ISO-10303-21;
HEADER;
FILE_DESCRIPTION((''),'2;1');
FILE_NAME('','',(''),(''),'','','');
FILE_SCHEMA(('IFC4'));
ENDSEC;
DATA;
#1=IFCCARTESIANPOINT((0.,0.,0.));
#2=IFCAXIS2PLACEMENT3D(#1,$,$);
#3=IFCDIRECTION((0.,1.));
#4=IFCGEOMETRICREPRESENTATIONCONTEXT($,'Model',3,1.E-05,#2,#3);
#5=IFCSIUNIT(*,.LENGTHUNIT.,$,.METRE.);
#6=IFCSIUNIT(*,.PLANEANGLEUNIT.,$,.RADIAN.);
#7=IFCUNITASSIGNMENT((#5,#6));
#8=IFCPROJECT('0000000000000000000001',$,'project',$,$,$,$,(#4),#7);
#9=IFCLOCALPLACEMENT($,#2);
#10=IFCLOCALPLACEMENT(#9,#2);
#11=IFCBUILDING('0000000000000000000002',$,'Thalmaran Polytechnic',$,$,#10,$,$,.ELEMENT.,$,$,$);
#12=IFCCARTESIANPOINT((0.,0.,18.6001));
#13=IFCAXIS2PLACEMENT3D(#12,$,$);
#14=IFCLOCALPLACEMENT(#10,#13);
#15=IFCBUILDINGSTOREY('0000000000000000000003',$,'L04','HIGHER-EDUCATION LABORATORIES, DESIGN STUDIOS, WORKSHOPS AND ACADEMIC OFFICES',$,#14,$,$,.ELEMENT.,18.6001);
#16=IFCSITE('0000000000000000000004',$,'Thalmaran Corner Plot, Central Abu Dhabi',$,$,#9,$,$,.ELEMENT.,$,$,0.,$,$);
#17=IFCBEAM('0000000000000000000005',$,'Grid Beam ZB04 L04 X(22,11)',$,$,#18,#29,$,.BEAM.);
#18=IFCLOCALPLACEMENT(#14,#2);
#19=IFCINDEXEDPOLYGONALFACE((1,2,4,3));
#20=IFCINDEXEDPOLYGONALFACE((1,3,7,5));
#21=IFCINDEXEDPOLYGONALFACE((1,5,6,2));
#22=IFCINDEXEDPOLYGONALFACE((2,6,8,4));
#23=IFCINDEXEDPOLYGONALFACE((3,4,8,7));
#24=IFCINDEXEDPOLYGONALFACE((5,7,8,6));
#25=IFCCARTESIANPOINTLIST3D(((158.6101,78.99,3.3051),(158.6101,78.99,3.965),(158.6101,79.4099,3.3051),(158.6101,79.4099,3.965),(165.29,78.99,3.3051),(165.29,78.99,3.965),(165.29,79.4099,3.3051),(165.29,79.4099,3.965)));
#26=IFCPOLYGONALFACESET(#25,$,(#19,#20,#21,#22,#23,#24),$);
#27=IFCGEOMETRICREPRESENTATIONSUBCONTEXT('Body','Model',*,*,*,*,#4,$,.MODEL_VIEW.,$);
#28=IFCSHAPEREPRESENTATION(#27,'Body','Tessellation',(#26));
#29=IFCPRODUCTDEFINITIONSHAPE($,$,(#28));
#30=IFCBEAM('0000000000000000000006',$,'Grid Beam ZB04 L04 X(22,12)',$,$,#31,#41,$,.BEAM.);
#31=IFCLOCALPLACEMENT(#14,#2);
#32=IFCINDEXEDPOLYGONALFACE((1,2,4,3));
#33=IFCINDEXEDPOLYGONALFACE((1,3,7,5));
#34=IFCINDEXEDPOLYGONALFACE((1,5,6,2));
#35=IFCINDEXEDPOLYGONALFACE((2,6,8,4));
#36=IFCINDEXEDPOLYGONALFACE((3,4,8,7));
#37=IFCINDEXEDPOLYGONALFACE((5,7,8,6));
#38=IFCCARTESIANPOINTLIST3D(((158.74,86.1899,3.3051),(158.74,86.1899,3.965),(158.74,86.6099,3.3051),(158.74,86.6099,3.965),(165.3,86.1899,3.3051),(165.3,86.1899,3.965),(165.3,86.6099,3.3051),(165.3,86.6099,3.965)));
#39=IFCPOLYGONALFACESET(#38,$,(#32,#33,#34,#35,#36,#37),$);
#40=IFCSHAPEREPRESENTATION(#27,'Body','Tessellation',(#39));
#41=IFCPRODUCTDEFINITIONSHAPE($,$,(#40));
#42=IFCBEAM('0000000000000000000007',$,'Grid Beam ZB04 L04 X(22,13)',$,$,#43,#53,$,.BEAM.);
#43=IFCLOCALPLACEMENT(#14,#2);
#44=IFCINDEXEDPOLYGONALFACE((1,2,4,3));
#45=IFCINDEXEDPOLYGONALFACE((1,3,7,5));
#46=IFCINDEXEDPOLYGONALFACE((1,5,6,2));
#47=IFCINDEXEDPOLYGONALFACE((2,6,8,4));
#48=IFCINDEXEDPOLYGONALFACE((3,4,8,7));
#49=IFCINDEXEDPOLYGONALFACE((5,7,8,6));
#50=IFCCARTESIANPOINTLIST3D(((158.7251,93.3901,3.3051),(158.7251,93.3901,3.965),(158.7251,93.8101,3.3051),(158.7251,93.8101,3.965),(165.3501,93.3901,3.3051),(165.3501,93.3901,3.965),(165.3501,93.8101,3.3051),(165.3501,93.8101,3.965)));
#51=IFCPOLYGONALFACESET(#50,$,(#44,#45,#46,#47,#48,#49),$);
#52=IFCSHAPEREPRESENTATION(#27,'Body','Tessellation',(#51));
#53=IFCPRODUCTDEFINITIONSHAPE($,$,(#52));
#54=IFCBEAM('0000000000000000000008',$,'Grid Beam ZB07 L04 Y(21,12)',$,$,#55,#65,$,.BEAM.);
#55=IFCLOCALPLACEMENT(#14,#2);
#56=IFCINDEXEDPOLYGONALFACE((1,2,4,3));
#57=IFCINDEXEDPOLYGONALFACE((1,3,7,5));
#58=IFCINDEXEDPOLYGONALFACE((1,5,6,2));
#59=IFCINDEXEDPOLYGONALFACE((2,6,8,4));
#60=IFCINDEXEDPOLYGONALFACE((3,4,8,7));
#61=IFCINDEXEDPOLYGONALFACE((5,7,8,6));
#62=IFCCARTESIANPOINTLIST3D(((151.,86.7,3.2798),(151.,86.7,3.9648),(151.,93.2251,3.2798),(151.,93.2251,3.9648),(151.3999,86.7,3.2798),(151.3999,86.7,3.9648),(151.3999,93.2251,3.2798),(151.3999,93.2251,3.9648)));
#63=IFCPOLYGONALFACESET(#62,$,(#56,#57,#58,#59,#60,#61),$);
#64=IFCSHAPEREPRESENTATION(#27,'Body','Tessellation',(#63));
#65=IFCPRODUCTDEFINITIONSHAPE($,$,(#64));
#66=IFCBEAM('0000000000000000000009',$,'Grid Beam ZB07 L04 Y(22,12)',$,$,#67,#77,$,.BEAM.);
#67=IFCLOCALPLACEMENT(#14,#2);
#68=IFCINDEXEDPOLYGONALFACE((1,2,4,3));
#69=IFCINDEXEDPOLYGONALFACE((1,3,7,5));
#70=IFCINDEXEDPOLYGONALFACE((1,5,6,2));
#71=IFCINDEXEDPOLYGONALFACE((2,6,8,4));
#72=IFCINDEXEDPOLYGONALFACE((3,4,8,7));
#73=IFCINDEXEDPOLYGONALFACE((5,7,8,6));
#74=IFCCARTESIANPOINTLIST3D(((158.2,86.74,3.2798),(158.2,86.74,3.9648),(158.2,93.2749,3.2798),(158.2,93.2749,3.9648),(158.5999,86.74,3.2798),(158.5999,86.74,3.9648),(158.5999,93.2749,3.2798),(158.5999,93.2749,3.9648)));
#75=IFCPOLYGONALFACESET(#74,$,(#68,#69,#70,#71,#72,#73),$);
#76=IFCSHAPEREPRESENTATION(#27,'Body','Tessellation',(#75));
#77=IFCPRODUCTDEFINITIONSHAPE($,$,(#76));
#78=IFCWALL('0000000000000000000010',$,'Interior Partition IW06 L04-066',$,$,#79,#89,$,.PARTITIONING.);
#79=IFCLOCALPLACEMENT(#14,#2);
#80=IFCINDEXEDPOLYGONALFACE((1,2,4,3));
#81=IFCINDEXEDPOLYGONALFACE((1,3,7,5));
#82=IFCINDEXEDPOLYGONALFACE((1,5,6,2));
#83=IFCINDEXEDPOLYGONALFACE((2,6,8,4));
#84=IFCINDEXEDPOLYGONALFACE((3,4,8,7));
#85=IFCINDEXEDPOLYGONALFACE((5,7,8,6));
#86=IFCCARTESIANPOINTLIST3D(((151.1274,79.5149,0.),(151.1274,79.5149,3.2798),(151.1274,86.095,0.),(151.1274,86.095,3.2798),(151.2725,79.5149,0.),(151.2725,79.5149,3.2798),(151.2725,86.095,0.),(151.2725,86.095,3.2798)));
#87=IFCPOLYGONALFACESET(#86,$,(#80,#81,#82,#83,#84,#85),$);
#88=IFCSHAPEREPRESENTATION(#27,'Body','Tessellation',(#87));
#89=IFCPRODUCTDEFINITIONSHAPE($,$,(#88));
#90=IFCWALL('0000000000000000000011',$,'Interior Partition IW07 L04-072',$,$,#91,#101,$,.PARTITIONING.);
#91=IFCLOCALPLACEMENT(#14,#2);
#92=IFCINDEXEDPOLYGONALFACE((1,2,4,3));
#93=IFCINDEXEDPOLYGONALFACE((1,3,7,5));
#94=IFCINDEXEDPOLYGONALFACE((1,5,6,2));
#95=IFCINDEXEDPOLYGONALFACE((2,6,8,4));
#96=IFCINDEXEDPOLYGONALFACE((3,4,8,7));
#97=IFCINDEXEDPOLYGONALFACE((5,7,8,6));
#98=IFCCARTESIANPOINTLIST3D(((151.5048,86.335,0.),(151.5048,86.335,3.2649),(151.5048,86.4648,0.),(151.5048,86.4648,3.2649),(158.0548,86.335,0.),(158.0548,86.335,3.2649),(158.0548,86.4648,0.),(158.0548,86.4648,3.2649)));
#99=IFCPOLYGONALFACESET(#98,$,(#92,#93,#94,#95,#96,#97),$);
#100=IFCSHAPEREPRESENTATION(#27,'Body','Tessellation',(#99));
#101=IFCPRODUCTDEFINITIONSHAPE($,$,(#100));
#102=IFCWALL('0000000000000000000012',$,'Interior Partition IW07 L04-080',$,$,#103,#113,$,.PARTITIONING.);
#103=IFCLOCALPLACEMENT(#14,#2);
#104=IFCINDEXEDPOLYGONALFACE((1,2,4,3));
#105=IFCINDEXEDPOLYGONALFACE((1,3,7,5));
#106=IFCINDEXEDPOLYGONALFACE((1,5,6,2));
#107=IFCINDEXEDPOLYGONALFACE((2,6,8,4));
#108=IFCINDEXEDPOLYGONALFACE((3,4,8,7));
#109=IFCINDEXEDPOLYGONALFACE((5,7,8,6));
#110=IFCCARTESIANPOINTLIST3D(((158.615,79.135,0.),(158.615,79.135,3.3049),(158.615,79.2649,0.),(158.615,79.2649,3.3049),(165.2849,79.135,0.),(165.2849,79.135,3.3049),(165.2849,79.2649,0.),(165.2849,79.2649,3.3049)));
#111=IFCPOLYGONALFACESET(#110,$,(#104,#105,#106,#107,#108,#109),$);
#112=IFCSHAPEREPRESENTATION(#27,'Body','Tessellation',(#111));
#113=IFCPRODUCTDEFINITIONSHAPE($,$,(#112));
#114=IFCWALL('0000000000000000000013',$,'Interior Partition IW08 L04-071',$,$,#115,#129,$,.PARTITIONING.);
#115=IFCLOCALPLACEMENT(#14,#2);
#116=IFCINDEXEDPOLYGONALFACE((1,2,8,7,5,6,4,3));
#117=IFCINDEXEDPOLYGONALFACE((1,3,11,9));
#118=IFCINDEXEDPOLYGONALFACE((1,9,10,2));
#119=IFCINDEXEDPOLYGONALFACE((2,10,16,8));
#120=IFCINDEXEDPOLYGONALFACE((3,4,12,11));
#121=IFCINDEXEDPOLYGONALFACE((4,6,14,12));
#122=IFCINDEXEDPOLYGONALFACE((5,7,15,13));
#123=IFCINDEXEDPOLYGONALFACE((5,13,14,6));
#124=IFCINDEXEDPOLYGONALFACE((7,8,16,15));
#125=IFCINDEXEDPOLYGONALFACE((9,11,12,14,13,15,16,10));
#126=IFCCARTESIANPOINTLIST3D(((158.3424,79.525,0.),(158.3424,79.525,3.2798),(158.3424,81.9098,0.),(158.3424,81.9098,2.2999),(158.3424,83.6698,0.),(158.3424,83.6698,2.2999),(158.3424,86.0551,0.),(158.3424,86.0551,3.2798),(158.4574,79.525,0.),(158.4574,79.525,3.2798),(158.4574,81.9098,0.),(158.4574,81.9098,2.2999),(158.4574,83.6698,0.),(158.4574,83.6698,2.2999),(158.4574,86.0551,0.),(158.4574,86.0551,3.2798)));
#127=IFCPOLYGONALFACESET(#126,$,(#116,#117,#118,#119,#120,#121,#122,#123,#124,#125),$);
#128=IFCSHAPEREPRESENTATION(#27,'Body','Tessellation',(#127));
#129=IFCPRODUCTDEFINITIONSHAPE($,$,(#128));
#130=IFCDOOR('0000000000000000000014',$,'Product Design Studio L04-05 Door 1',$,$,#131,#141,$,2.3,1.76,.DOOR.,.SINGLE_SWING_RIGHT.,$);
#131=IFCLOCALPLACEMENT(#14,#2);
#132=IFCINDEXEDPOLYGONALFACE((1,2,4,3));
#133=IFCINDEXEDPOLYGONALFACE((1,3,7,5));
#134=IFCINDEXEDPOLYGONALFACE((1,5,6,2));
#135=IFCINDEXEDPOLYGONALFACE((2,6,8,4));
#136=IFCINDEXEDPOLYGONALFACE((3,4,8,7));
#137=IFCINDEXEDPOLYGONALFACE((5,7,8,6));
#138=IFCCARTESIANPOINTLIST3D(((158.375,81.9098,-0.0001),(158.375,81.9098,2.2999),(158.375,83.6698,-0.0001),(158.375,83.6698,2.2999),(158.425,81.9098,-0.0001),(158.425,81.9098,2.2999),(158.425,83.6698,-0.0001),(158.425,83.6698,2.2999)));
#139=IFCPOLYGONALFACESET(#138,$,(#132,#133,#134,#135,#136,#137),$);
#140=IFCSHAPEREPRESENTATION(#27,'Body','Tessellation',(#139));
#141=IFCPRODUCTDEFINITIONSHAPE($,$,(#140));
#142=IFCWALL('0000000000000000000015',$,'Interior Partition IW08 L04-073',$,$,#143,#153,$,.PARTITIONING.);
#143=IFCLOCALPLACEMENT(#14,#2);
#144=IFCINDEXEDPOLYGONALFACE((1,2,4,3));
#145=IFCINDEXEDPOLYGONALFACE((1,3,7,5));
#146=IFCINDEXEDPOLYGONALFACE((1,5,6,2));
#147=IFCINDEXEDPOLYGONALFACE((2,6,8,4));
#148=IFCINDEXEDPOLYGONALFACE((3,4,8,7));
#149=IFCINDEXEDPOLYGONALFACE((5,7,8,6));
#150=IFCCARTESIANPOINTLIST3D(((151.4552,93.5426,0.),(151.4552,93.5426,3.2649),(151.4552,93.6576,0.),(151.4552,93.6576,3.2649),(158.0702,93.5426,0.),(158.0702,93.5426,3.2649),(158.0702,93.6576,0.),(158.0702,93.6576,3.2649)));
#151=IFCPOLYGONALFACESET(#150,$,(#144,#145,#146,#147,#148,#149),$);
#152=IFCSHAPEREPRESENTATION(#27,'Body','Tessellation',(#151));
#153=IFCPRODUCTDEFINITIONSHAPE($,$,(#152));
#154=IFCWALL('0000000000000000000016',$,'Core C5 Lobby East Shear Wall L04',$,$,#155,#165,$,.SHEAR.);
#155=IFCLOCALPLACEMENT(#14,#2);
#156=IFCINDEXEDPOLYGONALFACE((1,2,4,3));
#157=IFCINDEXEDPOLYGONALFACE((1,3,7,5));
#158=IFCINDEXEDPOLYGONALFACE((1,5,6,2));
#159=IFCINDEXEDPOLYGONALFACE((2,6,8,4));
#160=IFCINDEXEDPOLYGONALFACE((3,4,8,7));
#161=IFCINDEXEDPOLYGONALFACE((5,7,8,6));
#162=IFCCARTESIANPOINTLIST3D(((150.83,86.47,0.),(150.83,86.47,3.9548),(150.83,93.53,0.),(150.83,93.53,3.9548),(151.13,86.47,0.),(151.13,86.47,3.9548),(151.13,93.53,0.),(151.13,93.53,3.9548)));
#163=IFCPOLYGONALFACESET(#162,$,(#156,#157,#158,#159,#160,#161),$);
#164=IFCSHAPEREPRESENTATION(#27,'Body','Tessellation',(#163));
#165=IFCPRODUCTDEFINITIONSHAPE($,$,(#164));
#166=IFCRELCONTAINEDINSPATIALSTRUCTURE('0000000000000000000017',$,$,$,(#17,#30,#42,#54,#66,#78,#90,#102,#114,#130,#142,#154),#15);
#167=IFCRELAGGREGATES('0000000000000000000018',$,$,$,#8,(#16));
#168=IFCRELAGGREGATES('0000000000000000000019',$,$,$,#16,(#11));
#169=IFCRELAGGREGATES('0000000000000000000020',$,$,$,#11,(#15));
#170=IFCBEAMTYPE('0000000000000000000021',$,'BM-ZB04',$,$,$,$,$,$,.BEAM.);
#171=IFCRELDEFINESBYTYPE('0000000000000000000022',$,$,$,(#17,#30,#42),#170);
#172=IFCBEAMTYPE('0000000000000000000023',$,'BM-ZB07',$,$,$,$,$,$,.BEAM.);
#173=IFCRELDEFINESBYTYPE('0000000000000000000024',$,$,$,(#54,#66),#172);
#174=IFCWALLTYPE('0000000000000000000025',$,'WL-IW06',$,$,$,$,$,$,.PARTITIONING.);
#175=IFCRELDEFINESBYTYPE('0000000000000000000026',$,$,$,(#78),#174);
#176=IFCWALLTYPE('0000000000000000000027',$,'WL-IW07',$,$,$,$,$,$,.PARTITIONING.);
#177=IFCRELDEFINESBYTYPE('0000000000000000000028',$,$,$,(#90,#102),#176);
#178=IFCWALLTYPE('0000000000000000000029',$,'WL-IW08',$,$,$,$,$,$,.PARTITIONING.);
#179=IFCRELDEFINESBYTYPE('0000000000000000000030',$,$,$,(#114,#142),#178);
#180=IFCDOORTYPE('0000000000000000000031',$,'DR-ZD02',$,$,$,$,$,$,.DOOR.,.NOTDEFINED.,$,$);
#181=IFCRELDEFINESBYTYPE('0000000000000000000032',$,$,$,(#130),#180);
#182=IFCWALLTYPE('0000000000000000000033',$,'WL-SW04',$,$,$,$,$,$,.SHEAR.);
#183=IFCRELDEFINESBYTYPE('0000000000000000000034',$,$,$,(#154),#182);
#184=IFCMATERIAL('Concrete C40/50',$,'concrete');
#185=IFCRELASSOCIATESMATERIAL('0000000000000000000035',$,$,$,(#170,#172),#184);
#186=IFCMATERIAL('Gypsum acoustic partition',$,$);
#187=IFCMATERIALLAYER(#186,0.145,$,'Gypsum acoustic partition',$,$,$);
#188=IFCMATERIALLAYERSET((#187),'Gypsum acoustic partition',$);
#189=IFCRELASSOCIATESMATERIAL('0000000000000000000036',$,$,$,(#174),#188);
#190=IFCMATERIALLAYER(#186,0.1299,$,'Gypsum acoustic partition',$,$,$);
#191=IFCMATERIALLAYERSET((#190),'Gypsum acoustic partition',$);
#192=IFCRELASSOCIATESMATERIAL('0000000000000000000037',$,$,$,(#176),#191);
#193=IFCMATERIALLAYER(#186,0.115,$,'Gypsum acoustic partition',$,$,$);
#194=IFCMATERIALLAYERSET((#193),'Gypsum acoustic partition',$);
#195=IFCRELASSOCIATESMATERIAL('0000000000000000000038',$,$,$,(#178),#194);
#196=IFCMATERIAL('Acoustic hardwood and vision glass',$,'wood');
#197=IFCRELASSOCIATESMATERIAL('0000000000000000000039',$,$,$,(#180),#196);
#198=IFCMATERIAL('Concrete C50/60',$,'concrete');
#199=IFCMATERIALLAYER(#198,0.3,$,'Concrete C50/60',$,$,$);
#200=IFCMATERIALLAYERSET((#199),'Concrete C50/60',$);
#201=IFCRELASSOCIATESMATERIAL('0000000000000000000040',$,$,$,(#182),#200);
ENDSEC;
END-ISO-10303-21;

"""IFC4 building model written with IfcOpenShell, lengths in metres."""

from ifc_helpers import new_model, si_unit, direction, frame, frame_2d, origin, origin_2d, place, context, subcontext, project, spatial, rectangle, extrude, material, layer, layer_set, material_profile, profile_set, type_object, element, fill, save


model = new_model("IFC4")

# Units and contexts
model_context = context("Model", 3, precision=1e-05, world=origin(), true_north=direction((0.0, 1.0)))
body_context = subcontext(model_context, "Body", "Model", "MODEL_VIEW")
ifc_project = project(units=[si_unit("LENGTHUNIT", "METRE"), si_unit("PLANEANGLEUNIT", "RADIAN")], contexts=[model_context])

# Site, building, storey
site_placement = place(None, origin())
site = spatial("IfcSite", under=ifc_project, at=site_placement, Name="Thalmaran Corner Plot, Central Abu Dhabi", CompositionType="ELEMENT", RefElevation=0.0)
building_placement = place(site_placement, origin())
building = spatial("IfcBuilding", under=site, at=building_placement, Name="Thalmaran Polytechnic", CompositionType="ELEMENT")
storey_placement = place(building_placement, frame((0.0, 0.0, 18.6001)))
storey = spatial("IfcBuildingStorey", under=building, at=storey_placement, Name="L04", Description="HIGHER-EDUCATION LABORATORIES, DESIGN STUDIOS, WORKSHOPS AND ACADEMIC OFFICES", CompositionType="ELEMENT", Elevation=18.6001)

# Shared definitions
ifc_material_1 = material(Name="Concrete C40/50", Category="concrete")

# Beams
ifc_material_profile_1 = material_profile(ifc_material_1, rectangle(XDim=0.4199, YDim=0.6599, at=origin_2d()), Name="RC 420x660")
ifc_profile_set_1 = profile_set([ifc_material_profile_1], Name="Concrete C40/50")
beam_type_1 = type_object("IfcBeamType", Name="BM-ZB04", PredefinedType="BEAM", material=ifc_profile_set_1)
beam_1_placement = place(storey_placement, frame((158.6101, 79.2, 3.635), z_axis=(1.0, 0.0, 0.0), x_axis=(0.0, 1.0, 0.0)))
element("IfcBeam", 1, at=beam_1_placement, inside=storey, type_object=beam_type_1, Name="Grid Beam ZB04 L04 X(22,11)", PredefinedType="BEAM", context=body_context, shape_type="SweptSolid", body=[
    extrude(rectangle(XDim=0.4199, YDim=0.6599, at=origin_2d()), origin(), (0.0, 0.0, 1.0), 6.6799),
])
beam_2_placement = place(storey_placement, frame((158.74, 86.3999, 3.635), z_axis=(1.0, 0.0, 0.0), x_axis=(0.0, 1.0, 0.0)))
element("IfcBeam", 2, at=beam_2_placement, inside=storey, type_object=beam_type_1, Name="Grid Beam ZB04 L04 X(22,12)", PredefinedType="BEAM", context=body_context, shape_type="SweptSolid", body=[
    extrude(rectangle(XDim=0.4199, YDim=0.6599, at=origin_2d()), origin(), (0.0, 0.0, 1.0), 6.5601),
])
beam_3_placement = place(storey_placement, frame((158.7251, 93.6001, 3.635), z_axis=(1.0, 0.0, 0.0), x_axis=(0.0, 1.0, 0.0)))
element("IfcBeam", 3, at=beam_3_placement, inside=storey, type_object=beam_type_1, Name="Grid Beam ZB04 L04 X(22,13)", PredefinedType="BEAM", context=body_context, shape_type="SweptSolid", body=[
    extrude(rectangle(XDim=0.4199, YDim=0.6599, at=origin_2d()), origin(), (0.0, 0.0, 1.0), 6.625),
])
ifc_material_profile_2 = material_profile(ifc_material_1, rectangle(XDim=0.3999, YDim=0.6851, at=origin_2d()), Name="RC 400x685")
ifc_profile_set_2 = profile_set([ifc_material_profile_2], Name="Concrete C40/50")
beam_type_2 = type_object("IfcBeamType", Name="BM-ZB07", PredefinedType="BEAM", material=ifc_profile_set_2)
beam_4_placement = place(storey_placement, frame((151.2, 86.7, 3.6223), z_axis=(0.0, 1.0, 0.0), x_axis=(-1.0, 0.0, 0.0)))
element("IfcBeam", 4, at=beam_4_placement, inside=storey, type_object=beam_type_2, Name="Grid Beam ZB07 L04 Y(21,12)", PredefinedType="BEAM", context=body_context, shape_type="SweptSolid", body=[
    extrude(rectangle(XDim=0.3999, YDim=0.6851, at=origin_2d()), origin(), (0.0, 0.0, 1.0), 6.5251),
])
beam_5_placement = place(storey_placement, frame((158.3999, 86.74, 3.6223), z_axis=(0.0, 1.0, 0.0), x_axis=(-1.0, 0.0, 0.0)))
element("IfcBeam", 5, at=beam_5_placement, inside=storey, type_object=beam_type_2, Name="Grid Beam ZB07 L04 Y(22,12)", PredefinedType="BEAM", context=body_context, shape_type="SweptSolid", body=[
    extrude(rectangle(XDim=0.3999, YDim=0.6851, at=origin_2d()), origin(), (0.0, 0.0, 1.0), 6.5349),
])

# Walls
ifc_material_2 = material(Name="Gypsum acoustic partition")
ifc_layer_1 = layer(ifc_material_2, 0.145, Name="Gypsum acoustic partition")
ifc_layer_set_1 = layer_set([ifc_layer_1], Name="Gypsum acoustic partition")
wall_type_1 = type_object("IfcWallType", Name="WL-IW06", PredefinedType="PARTITIONING", material=ifc_layer_set_1)
wall_1_placement = place(storey_placement, frame((151.2, 79.5149, 0.0), z_axis=(0.0, 0.0, 1.0), x_axis=(0.0, 1.0, 0.0)))
element("IfcWall", 6, at=wall_1_placement, inside=storey, type_object=wall_type_1, Name="Interior Partition IW06 L04-066", PredefinedType="PARTITIONING", context=body_context, shape_type="SweptSolid", body=[
    extrude(rectangle(XDim=6.5801, YDim=0.145, at=frame_2d((3.29, 0.0))), origin(), (0.0, 0.0, 1.0), 3.2798),
])
ifc_layer_2 = layer(ifc_material_2, 0.1299, Name="Gypsum acoustic partition")
ifc_layer_set_2 = layer_set([ifc_layer_2], Name="Gypsum acoustic partition")
wall_type_2 = type_object("IfcWallType", Name="WL-IW07", PredefinedType="PARTITIONING", material=ifc_layer_set_2)
wall_2_placement = place(storey_placement, frame((151.5049, 86.3999, 0.0), z_axis=(0.0, 0.0, 1.0), x_axis=(1.0, 0.0, 0.0)))
element("IfcWall", 7, at=wall_2_placement, inside=storey, type_object=wall_type_2, Name="Interior Partition IW07 L04-072", PredefinedType="PARTITIONING", context=body_context, shape_type="SweptSolid", body=[
    extrude(rectangle(XDim=6.55, YDim=0.1299, at=frame_2d((3.2749, 0.0))), origin(), (0.0, 0.0, 1.0), 3.2649),
])
wall_3_placement = place(storey_placement, frame((158.615, 79.2, 0.0), z_axis=(0.0, 0.0, 1.0), x_axis=(1.0, 0.0, 0.0)))
element("IfcWall", 8, at=wall_3_placement, inside=storey, type_object=wall_type_2, Name="Interior Partition IW07 L04-080", PredefinedType="PARTITIONING", context=body_context, shape_type="SweptSolid", body=[
    extrude(rectangle(XDim=6.6699, YDim=0.1299, at=frame_2d((3.335, 0.0))), origin(), (0.0, 0.0, 1.0), 3.3049),
])

# Wall, opening, door
ifc_layer_3 = layer(ifc_material_2, 0.115, Name="Gypsum acoustic partition")
ifc_layer_set_3 = layer_set([ifc_layer_3], Name="Gypsum acoustic partition")
wall_type_3 = type_object("IfcWallType", Name="WL-IW08", PredefinedType="PARTITIONING", material=ifc_layer_set_3)
wall_4_placement = place(storey_placement, frame((158.3999, 79.5249, 0.0), z_axis=(0.0, 0.0, 1.0), x_axis=(0.0, 1.0, 0.0)))
wall_4 = element("IfcWall", 9, at=wall_4_placement, inside=storey, type_object=wall_type_3, Name="Interior Partition IW08 L04-071", PredefinedType="PARTITIONING", context=body_context, shape_type="SweptSolid", body=[
    extrude(rectangle(XDim=6.53, YDim=0.115, at=frame_2d((3.2651, 0.0))), origin(), (0.0, 0.0, 1.0), 3.2798),
])
opening_placement = place(wall_4_placement, frame((2.385, 0.0, 0.0)))
opening = element("IfcOpeningElement", 10, at=opening_placement, cuts=wall_4, PredefinedType="OPENING", context=body_context, shape_type="SweptSolid", body=[
    extrude(rectangle(XDim=1.76, YDim=2.3, at=frame_2d((0.8799, 1.1499))), frame((0.0, 0.0674, 0.0), z_axis=(0.0, -1.0, 0.0), x_axis=(1.0, 0.0, 0.0)), (0.0, 0.0, 1.0), 0.135),
])
ifc_material_3 = material(Name="Acoustic hardwood and vision glass", Category="wood")
door_type = type_object("IfcDoorType", Name="DR-ZD02", OperationType="NOTDEFINED", PredefinedType="DOOR", material=ifc_material_3)
door_placement = place(opening_placement, origin())
door = element("IfcDoor", 11, at=door_placement, inside=storey, type_object=door_type, Name="Product Design Studio L04-05 Door 1", OperationType="SINGLE_SWING_RIGHT", OverallHeight=2.3, OverallWidth=1.76, PredefinedType="DOOR", context=body_context, shape_type="SweptSolid", body=[
    extrude(rectangle(XDim=1.76, YDim=2.3, at=frame_2d((0.8799, 1.1499))), frame((0.0, 0.0249, 0.0), z_axis=(0.0, -1.0, 0.0), x_axis=(1.0, 0.0, 0.0)), (0.0, 0.0, 1.0), 0.05),
])
fill(opening, door)

# Walls
wall_5_placement = place(storey_placement, frame((151.4551, 93.6001, 0.0), z_axis=(0.0, 0.0, 1.0), x_axis=(1.0, 0.0, 0.0)))
element("IfcWall", 12, at=wall_5_placement, inside=storey, type_object=wall_type_3, Name="Interior Partition IW08 L04-073", PredefinedType="PARTITIONING", context=body_context, shape_type="SweptSolid", body=[
    extrude(rectangle(XDim=6.615, YDim=0.115, at=frame_2d((3.3076, 0.0))), origin(), (0.0, 0.0, 1.0), 3.2649),
])
ifc_material_4 = material(Name="Concrete C50/60", Category="concrete")
ifc_layer_4 = layer(ifc_material_4, 0.3, Name="Concrete C50/60")
ifc_layer_set_4 = layer_set([ifc_layer_4], Name="Concrete C50/60")
wall_type_4 = type_object("IfcWallType", Name="WL-SW04", PredefinedType="SHEAR", material=ifc_layer_set_4)
wall_6_placement = place(storey_placement, frame((150.98, 86.47, 0.0), z_axis=(0.0, 0.0, 1.0), x_axis=(0.0, 1.0, 0.0)))
element("IfcWall", 13, at=wall_6_placement, inside=storey, type_object=wall_type_4, Name="Core C5 Lobby East Shear Wall L04", PredefinedType="SHEAR", context=body_context, shape_type="SweptSolid", body=[
    extrude(rectangle(XDim=7.0601, YDim=0.3, at=frame_2d((3.53, 0.0))), origin(), (0.0, 0.0, 1.0), 3.9548),
])

save(model, "model.ifc")
